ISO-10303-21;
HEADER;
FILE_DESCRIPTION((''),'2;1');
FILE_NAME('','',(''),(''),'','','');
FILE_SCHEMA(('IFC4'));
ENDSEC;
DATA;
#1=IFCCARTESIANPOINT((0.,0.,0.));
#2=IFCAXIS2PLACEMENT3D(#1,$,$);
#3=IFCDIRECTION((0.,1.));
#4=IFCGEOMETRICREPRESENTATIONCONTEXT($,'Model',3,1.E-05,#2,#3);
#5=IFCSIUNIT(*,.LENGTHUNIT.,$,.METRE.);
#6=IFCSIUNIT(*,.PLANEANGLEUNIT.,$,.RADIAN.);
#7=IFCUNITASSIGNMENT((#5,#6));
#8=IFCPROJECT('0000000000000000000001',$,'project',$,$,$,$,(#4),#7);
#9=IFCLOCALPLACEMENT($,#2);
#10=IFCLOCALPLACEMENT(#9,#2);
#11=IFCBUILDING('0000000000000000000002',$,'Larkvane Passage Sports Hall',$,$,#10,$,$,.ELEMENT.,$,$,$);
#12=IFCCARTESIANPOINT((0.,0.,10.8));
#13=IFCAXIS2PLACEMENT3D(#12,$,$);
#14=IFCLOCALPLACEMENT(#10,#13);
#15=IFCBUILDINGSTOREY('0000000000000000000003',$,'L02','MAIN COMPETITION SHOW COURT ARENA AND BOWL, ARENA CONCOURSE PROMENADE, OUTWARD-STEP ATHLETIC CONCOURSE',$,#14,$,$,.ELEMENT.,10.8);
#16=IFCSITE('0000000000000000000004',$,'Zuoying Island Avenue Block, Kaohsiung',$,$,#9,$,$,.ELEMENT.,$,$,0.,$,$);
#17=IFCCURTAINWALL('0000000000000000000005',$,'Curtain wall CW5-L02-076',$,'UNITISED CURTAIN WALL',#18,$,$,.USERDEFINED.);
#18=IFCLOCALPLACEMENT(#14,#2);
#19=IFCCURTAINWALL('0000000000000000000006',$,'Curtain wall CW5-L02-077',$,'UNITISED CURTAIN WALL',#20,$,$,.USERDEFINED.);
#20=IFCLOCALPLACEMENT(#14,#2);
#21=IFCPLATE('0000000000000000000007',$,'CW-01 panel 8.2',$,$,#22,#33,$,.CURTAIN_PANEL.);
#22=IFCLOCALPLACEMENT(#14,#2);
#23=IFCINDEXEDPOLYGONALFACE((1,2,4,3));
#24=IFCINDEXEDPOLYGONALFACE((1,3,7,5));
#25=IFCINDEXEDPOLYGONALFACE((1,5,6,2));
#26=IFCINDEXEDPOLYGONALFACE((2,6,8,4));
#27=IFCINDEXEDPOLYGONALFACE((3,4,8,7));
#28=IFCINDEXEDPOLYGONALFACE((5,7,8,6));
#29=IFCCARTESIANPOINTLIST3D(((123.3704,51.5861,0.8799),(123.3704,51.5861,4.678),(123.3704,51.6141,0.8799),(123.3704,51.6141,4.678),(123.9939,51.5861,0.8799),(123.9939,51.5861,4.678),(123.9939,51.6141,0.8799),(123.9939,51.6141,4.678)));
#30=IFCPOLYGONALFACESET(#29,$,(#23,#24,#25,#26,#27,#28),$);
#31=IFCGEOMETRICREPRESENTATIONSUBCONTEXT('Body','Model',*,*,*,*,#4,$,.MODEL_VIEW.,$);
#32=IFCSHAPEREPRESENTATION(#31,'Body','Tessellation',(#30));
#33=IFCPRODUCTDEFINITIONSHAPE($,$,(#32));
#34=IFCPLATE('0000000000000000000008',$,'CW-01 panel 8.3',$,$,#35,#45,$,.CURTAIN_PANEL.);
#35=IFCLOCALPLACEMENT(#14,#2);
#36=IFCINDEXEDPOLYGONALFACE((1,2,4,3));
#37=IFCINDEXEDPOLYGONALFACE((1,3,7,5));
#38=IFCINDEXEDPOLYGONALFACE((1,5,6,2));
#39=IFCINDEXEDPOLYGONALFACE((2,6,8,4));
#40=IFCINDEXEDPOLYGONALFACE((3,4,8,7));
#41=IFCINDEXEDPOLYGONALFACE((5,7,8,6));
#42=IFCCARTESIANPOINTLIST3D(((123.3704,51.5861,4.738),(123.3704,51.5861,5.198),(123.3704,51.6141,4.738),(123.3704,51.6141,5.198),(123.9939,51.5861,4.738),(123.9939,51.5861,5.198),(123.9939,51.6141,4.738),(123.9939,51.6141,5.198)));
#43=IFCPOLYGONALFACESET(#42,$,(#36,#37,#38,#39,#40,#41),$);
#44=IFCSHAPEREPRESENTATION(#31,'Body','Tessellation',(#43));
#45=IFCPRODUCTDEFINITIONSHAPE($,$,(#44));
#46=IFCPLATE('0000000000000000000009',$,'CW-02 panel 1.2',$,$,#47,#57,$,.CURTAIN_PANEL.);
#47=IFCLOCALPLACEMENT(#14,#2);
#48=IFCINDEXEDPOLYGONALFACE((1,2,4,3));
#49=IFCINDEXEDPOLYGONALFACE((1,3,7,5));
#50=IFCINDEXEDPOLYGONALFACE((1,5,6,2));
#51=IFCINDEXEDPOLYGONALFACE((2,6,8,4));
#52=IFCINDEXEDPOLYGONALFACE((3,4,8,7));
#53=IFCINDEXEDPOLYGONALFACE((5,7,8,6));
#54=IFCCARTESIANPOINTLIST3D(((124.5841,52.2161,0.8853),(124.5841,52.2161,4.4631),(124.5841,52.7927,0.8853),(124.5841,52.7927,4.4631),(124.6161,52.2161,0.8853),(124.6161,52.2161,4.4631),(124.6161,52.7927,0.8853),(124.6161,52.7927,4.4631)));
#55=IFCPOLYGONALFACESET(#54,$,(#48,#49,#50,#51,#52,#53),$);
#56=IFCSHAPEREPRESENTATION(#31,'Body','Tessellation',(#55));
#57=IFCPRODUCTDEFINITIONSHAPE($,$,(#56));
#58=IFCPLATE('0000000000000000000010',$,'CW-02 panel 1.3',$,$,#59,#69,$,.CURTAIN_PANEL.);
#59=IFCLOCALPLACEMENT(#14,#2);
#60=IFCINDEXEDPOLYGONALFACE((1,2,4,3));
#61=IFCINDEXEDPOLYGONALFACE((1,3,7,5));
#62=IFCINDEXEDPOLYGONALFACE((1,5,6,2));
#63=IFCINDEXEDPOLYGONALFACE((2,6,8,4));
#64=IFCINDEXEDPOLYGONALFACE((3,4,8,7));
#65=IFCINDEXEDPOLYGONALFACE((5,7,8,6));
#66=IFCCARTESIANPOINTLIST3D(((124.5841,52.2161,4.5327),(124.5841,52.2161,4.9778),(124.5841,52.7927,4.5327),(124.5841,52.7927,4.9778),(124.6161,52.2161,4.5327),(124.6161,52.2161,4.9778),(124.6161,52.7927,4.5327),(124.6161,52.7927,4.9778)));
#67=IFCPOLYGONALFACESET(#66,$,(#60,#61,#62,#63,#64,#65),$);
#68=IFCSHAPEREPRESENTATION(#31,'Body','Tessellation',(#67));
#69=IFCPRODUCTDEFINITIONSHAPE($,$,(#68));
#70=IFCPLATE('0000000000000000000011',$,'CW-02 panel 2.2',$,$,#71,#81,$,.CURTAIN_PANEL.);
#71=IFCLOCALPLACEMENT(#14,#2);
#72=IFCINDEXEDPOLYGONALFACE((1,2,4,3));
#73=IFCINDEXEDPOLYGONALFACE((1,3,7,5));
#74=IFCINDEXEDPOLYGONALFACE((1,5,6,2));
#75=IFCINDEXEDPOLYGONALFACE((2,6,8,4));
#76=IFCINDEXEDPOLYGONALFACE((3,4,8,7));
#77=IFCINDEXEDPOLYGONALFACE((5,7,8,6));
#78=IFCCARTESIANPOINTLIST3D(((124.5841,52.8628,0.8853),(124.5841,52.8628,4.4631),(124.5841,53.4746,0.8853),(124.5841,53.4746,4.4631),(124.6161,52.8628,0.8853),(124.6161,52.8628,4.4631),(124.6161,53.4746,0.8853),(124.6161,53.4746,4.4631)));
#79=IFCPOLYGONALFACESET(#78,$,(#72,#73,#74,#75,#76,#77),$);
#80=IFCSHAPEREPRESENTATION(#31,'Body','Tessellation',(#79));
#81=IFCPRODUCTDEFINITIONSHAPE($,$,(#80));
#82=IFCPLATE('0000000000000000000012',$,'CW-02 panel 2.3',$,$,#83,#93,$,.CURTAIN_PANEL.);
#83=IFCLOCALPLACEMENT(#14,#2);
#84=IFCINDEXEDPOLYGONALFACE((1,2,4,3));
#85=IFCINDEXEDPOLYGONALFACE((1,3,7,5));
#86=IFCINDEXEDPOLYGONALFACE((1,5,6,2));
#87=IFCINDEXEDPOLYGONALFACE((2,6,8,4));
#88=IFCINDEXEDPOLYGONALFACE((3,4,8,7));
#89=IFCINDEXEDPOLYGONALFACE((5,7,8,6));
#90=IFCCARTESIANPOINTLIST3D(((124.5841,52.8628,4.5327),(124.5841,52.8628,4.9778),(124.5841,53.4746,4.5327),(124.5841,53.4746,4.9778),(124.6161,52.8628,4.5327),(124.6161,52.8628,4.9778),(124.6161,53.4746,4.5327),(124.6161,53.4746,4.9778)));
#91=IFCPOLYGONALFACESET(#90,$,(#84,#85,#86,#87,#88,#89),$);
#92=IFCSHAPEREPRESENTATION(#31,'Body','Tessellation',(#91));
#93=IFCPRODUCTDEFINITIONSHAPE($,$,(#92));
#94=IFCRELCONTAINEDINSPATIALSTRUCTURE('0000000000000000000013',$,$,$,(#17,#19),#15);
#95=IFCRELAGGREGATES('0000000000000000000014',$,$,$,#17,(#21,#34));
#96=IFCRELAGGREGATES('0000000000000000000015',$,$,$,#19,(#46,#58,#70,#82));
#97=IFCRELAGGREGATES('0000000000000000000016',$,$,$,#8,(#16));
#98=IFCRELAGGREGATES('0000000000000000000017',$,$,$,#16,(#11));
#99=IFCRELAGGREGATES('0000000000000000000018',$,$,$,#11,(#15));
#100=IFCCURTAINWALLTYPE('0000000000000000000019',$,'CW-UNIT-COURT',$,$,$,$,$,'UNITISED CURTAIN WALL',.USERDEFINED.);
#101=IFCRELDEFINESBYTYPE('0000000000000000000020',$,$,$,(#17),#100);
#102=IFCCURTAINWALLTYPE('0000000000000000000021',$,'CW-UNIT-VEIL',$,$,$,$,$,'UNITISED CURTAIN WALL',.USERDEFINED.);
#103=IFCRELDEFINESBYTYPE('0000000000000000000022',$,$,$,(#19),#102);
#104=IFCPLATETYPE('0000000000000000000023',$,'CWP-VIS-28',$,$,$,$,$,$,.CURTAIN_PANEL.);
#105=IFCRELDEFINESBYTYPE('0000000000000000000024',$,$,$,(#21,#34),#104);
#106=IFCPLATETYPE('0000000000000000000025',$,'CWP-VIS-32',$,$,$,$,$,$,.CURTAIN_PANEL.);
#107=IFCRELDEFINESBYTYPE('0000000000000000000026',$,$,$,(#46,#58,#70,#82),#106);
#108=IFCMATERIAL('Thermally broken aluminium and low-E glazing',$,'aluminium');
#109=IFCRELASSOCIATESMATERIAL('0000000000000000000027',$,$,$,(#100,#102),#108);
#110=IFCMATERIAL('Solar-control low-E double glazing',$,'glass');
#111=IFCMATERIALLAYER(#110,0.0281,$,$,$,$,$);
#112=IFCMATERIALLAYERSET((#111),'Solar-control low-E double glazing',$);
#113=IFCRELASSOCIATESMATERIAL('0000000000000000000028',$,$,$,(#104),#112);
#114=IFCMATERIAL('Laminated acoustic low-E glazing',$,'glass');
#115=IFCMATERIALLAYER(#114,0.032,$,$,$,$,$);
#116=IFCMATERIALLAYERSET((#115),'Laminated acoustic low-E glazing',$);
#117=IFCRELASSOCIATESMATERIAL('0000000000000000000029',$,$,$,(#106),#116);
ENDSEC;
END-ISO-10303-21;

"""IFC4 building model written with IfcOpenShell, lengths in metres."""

from ifc_helpers import new_model, si_unit, direction, frame, origin, origin_2d, place, context, subcontext, project, spatial, rectangle, extrude, material, layer, layer_set, type_object, element, aggregate, save


model = new_model("IFC4")

# Units and contexts
model_context = context("Model", 3, precision=1e-05, world=origin(), true_north=direction((0.0, 1.0)))
body_context = subcontext(model_context, "Body", "Model", "MODEL_VIEW")
ifc_project = project(units=[si_unit("LENGTHUNIT", "METRE"), si_unit("PLANEANGLEUNIT", "RADIAN")], contexts=[model_context])

# Site, building, storey
site_placement = place(None, origin())
site = spatial("IfcSite", under=ifc_project, at=site_placement, Name="Zuoying Island Avenue Block, Kaohsiung", CompositionType="ELEMENT", RefElevation=0.0)
building_placement = place(site_placement, origin())
building = spatial("IfcBuilding", under=site, at=building_placement, Name="Larkvane Passage Sports Hall", CompositionType="ELEMENT")
storey_placement = place(building_placement, frame((0.0, 0.0, 10.8)))
storey = spatial("IfcBuildingStorey", under=building, at=storey_placement, Name="L02", Description="MAIN COMPETITION SHOW COURT ARENA AND BOWL, ARENA CONCOURSE PROMENADE, OUTWARD-STEP ATHLETIC CONCOURSE", CompositionType="ELEMENT", Elevation=10.8)

# Curtain wall
ifc_material_1 = material(Name="Thermally broken aluminium and low-E glazing", Category="aluminium")
curtain_wall_type_1 = type_object("IfcCurtainWallType", Name="CW-UNIT-COURT", ElementType="UNITISED CURTAIN WALL", PredefinedType="USERDEFINED", material=ifc_material_1)
curtain_wall_1_placement = place(storey_placement, origin())
curtain_wall_1 = element("IfcCurtainWall", 1, at=curtain_wall_1_placement, inside=storey, type_object=curtain_wall_type_1, Name="Curtain wall CW5-L02-076", ObjectType="UNITISED CURTAIN WALL", PredefinedType="USERDEFINED")

# Curtain wall
curtain_wall_type_2 = type_object("IfcCurtainWallType", Name="CW-UNIT-VEIL", ElementType="UNITISED CURTAIN WALL", PredefinedType="USERDEFINED", material=ifc_material_1)
curtain_wall_2_placement = place(storey_placement, origin())
curtain_wall_2 = element("IfcCurtainWall", 2, at=curtain_wall_2_placement, inside=storey, type_object=curtain_wall_type_2, Name="Curtain wall CW5-L02-077", ObjectType="UNITISED CURTAIN WALL", PredefinedType="USERDEFINED")

# Plates
ifc_material_2 = material(Name="Solar-control low-E double glazing", Category="glass")
ifc_layer_1 = layer(ifc_material_2, 0.0281)
ifc_layer_set_1 = layer_set([ifc_layer_1], Name="Solar-control low-E double glazing")
plate_type_1 = type_object("IfcPlateType", Name="CWP-VIS-28", PredefinedType="CURTAIN_PANEL", material=ifc_layer_set_1)
plate_1_placement = place(storey_placement, frame((123.6821, 51.6001, 0.8799), z_axis=(0.0, 0.0, 1.0), x_axis=(1.0, 0.0, 0.0)))
plate_1 = element("IfcPlate", 3, at=plate_1_placement, type_object=plate_type_1, Name="CW-01 panel 8.2", PredefinedType="CURTAIN_PANEL", context=body_context, shape_type="SweptSolid", body=[
    extrude(rectangle(XDim=0.6235, YDim=0.0281, at=origin_2d()), origin(), (0.0, 0.0, 1.0), 3.7981),
])
plate_2_placement = place(storey_placement, frame((123.6821, 51.6001, 4.738), z_axis=(0.0, 0.0, 1.0), x_axis=(1.0, 0.0, 0.0)))
plate_2 = element("IfcPlate", 4, at=plate_2_placement, type_object=plate_type_1, Name="CW-01 panel 8.3", PredefinedType="CURTAIN_PANEL", context=body_context, shape_type="SweptSolid", body=[
    extrude(rectangle(XDim=0.6235, YDim=0.0281, at=origin_2d()), origin(), (0.0, 0.0, 1.0), 0.46),
])
aggregate(curtain_wall_1, [plate_1, plate_2])
ifc_material_3 = material(Name="Laminated acoustic low-E glazing", Category="glass")
ifc_layer_2 = layer(ifc_material_3, 0.032)
ifc_layer_set_2 = layer_set([ifc_layer_2], Name="Laminated acoustic low-E glazing")
plate_type_2 = type_object("IfcPlateType", Name="CWP-VIS-32", PredefinedType="CURTAIN_PANEL", material=ifc_layer_set_2)
plate_3_placement = place(storey_placement, frame((124.6001, 52.5044, 0.8853), z_axis=(0.0, 0.0, 1.0), x_axis=(0.0, 1.0, 0.0)))
plate_3 = element("IfcPlate", 5, at=plate_3_placement, type_object=plate_type_2, Name="CW-02 panel 1.2", PredefinedType="CURTAIN_PANEL", context=body_context, shape_type="SweptSolid", body=[
    extrude(rectangle(XDim=0.5767, YDim=0.032, at=origin_2d()), origin(), (0.0, 0.0, 1.0), 3.5779),
])
plate_4_placement = place(storey_placement, frame((124.6001, 52.5044, 4.5327), z_axis=(0.0, 0.0, 1.0), x_axis=(0.0, 1.0, 0.0)))
plate_4 = element("IfcPlate", 6, at=plate_4_placement, type_object=plate_type_2, Name="CW-02 panel 1.3", PredefinedType="CURTAIN_PANEL", context=body_context, shape_type="SweptSolid", body=[
    extrude(rectangle(XDim=0.5767, YDim=0.032, at=origin_2d()), origin(), (0.0, 0.0, 1.0), 0.4451),
])
plate_5_placement = place(storey_placement, frame((124.6001, 53.1687, 0.8853), z_axis=(0.0, 0.0, 1.0), x_axis=(0.0, 1.0, 0.0)))
plate_5 = element("IfcPlate", 7, at=plate_5_placement, type_object=plate_type_2, Name="CW-02 panel 2.2", PredefinedType="CURTAIN_PANEL", context=body_context, shape_type="SweptSolid", body=[
    extrude(rectangle(XDim=0.6118, YDim=0.032, at=origin_2d()), origin(), (0.0, 0.0, 1.0), 3.5779),
])
plate_6_placement = place(storey_placement, frame((124.6001, 53.1687, 4.5327), z_axis=(0.0, 0.0, 1.0), x_axis=(0.0, 1.0, 0.0)))
plate_6 = element("IfcPlate", 8, at=plate_6_placement, type_object=plate_type_2, Name="CW-02 panel 2.3", PredefinedType="CURTAIN_PANEL", context=body_context, shape_type="SweptSolid", body=[
    extrude(rectangle(XDim=0.6118, YDim=0.032, at=origin_2d()), origin(), (0.0, 0.0, 1.0), 0.4451),
])
aggregate(curtain_wall_2, [plate_3, plate_4, plate_5, plate_6])

save(model, "model.ifc")
